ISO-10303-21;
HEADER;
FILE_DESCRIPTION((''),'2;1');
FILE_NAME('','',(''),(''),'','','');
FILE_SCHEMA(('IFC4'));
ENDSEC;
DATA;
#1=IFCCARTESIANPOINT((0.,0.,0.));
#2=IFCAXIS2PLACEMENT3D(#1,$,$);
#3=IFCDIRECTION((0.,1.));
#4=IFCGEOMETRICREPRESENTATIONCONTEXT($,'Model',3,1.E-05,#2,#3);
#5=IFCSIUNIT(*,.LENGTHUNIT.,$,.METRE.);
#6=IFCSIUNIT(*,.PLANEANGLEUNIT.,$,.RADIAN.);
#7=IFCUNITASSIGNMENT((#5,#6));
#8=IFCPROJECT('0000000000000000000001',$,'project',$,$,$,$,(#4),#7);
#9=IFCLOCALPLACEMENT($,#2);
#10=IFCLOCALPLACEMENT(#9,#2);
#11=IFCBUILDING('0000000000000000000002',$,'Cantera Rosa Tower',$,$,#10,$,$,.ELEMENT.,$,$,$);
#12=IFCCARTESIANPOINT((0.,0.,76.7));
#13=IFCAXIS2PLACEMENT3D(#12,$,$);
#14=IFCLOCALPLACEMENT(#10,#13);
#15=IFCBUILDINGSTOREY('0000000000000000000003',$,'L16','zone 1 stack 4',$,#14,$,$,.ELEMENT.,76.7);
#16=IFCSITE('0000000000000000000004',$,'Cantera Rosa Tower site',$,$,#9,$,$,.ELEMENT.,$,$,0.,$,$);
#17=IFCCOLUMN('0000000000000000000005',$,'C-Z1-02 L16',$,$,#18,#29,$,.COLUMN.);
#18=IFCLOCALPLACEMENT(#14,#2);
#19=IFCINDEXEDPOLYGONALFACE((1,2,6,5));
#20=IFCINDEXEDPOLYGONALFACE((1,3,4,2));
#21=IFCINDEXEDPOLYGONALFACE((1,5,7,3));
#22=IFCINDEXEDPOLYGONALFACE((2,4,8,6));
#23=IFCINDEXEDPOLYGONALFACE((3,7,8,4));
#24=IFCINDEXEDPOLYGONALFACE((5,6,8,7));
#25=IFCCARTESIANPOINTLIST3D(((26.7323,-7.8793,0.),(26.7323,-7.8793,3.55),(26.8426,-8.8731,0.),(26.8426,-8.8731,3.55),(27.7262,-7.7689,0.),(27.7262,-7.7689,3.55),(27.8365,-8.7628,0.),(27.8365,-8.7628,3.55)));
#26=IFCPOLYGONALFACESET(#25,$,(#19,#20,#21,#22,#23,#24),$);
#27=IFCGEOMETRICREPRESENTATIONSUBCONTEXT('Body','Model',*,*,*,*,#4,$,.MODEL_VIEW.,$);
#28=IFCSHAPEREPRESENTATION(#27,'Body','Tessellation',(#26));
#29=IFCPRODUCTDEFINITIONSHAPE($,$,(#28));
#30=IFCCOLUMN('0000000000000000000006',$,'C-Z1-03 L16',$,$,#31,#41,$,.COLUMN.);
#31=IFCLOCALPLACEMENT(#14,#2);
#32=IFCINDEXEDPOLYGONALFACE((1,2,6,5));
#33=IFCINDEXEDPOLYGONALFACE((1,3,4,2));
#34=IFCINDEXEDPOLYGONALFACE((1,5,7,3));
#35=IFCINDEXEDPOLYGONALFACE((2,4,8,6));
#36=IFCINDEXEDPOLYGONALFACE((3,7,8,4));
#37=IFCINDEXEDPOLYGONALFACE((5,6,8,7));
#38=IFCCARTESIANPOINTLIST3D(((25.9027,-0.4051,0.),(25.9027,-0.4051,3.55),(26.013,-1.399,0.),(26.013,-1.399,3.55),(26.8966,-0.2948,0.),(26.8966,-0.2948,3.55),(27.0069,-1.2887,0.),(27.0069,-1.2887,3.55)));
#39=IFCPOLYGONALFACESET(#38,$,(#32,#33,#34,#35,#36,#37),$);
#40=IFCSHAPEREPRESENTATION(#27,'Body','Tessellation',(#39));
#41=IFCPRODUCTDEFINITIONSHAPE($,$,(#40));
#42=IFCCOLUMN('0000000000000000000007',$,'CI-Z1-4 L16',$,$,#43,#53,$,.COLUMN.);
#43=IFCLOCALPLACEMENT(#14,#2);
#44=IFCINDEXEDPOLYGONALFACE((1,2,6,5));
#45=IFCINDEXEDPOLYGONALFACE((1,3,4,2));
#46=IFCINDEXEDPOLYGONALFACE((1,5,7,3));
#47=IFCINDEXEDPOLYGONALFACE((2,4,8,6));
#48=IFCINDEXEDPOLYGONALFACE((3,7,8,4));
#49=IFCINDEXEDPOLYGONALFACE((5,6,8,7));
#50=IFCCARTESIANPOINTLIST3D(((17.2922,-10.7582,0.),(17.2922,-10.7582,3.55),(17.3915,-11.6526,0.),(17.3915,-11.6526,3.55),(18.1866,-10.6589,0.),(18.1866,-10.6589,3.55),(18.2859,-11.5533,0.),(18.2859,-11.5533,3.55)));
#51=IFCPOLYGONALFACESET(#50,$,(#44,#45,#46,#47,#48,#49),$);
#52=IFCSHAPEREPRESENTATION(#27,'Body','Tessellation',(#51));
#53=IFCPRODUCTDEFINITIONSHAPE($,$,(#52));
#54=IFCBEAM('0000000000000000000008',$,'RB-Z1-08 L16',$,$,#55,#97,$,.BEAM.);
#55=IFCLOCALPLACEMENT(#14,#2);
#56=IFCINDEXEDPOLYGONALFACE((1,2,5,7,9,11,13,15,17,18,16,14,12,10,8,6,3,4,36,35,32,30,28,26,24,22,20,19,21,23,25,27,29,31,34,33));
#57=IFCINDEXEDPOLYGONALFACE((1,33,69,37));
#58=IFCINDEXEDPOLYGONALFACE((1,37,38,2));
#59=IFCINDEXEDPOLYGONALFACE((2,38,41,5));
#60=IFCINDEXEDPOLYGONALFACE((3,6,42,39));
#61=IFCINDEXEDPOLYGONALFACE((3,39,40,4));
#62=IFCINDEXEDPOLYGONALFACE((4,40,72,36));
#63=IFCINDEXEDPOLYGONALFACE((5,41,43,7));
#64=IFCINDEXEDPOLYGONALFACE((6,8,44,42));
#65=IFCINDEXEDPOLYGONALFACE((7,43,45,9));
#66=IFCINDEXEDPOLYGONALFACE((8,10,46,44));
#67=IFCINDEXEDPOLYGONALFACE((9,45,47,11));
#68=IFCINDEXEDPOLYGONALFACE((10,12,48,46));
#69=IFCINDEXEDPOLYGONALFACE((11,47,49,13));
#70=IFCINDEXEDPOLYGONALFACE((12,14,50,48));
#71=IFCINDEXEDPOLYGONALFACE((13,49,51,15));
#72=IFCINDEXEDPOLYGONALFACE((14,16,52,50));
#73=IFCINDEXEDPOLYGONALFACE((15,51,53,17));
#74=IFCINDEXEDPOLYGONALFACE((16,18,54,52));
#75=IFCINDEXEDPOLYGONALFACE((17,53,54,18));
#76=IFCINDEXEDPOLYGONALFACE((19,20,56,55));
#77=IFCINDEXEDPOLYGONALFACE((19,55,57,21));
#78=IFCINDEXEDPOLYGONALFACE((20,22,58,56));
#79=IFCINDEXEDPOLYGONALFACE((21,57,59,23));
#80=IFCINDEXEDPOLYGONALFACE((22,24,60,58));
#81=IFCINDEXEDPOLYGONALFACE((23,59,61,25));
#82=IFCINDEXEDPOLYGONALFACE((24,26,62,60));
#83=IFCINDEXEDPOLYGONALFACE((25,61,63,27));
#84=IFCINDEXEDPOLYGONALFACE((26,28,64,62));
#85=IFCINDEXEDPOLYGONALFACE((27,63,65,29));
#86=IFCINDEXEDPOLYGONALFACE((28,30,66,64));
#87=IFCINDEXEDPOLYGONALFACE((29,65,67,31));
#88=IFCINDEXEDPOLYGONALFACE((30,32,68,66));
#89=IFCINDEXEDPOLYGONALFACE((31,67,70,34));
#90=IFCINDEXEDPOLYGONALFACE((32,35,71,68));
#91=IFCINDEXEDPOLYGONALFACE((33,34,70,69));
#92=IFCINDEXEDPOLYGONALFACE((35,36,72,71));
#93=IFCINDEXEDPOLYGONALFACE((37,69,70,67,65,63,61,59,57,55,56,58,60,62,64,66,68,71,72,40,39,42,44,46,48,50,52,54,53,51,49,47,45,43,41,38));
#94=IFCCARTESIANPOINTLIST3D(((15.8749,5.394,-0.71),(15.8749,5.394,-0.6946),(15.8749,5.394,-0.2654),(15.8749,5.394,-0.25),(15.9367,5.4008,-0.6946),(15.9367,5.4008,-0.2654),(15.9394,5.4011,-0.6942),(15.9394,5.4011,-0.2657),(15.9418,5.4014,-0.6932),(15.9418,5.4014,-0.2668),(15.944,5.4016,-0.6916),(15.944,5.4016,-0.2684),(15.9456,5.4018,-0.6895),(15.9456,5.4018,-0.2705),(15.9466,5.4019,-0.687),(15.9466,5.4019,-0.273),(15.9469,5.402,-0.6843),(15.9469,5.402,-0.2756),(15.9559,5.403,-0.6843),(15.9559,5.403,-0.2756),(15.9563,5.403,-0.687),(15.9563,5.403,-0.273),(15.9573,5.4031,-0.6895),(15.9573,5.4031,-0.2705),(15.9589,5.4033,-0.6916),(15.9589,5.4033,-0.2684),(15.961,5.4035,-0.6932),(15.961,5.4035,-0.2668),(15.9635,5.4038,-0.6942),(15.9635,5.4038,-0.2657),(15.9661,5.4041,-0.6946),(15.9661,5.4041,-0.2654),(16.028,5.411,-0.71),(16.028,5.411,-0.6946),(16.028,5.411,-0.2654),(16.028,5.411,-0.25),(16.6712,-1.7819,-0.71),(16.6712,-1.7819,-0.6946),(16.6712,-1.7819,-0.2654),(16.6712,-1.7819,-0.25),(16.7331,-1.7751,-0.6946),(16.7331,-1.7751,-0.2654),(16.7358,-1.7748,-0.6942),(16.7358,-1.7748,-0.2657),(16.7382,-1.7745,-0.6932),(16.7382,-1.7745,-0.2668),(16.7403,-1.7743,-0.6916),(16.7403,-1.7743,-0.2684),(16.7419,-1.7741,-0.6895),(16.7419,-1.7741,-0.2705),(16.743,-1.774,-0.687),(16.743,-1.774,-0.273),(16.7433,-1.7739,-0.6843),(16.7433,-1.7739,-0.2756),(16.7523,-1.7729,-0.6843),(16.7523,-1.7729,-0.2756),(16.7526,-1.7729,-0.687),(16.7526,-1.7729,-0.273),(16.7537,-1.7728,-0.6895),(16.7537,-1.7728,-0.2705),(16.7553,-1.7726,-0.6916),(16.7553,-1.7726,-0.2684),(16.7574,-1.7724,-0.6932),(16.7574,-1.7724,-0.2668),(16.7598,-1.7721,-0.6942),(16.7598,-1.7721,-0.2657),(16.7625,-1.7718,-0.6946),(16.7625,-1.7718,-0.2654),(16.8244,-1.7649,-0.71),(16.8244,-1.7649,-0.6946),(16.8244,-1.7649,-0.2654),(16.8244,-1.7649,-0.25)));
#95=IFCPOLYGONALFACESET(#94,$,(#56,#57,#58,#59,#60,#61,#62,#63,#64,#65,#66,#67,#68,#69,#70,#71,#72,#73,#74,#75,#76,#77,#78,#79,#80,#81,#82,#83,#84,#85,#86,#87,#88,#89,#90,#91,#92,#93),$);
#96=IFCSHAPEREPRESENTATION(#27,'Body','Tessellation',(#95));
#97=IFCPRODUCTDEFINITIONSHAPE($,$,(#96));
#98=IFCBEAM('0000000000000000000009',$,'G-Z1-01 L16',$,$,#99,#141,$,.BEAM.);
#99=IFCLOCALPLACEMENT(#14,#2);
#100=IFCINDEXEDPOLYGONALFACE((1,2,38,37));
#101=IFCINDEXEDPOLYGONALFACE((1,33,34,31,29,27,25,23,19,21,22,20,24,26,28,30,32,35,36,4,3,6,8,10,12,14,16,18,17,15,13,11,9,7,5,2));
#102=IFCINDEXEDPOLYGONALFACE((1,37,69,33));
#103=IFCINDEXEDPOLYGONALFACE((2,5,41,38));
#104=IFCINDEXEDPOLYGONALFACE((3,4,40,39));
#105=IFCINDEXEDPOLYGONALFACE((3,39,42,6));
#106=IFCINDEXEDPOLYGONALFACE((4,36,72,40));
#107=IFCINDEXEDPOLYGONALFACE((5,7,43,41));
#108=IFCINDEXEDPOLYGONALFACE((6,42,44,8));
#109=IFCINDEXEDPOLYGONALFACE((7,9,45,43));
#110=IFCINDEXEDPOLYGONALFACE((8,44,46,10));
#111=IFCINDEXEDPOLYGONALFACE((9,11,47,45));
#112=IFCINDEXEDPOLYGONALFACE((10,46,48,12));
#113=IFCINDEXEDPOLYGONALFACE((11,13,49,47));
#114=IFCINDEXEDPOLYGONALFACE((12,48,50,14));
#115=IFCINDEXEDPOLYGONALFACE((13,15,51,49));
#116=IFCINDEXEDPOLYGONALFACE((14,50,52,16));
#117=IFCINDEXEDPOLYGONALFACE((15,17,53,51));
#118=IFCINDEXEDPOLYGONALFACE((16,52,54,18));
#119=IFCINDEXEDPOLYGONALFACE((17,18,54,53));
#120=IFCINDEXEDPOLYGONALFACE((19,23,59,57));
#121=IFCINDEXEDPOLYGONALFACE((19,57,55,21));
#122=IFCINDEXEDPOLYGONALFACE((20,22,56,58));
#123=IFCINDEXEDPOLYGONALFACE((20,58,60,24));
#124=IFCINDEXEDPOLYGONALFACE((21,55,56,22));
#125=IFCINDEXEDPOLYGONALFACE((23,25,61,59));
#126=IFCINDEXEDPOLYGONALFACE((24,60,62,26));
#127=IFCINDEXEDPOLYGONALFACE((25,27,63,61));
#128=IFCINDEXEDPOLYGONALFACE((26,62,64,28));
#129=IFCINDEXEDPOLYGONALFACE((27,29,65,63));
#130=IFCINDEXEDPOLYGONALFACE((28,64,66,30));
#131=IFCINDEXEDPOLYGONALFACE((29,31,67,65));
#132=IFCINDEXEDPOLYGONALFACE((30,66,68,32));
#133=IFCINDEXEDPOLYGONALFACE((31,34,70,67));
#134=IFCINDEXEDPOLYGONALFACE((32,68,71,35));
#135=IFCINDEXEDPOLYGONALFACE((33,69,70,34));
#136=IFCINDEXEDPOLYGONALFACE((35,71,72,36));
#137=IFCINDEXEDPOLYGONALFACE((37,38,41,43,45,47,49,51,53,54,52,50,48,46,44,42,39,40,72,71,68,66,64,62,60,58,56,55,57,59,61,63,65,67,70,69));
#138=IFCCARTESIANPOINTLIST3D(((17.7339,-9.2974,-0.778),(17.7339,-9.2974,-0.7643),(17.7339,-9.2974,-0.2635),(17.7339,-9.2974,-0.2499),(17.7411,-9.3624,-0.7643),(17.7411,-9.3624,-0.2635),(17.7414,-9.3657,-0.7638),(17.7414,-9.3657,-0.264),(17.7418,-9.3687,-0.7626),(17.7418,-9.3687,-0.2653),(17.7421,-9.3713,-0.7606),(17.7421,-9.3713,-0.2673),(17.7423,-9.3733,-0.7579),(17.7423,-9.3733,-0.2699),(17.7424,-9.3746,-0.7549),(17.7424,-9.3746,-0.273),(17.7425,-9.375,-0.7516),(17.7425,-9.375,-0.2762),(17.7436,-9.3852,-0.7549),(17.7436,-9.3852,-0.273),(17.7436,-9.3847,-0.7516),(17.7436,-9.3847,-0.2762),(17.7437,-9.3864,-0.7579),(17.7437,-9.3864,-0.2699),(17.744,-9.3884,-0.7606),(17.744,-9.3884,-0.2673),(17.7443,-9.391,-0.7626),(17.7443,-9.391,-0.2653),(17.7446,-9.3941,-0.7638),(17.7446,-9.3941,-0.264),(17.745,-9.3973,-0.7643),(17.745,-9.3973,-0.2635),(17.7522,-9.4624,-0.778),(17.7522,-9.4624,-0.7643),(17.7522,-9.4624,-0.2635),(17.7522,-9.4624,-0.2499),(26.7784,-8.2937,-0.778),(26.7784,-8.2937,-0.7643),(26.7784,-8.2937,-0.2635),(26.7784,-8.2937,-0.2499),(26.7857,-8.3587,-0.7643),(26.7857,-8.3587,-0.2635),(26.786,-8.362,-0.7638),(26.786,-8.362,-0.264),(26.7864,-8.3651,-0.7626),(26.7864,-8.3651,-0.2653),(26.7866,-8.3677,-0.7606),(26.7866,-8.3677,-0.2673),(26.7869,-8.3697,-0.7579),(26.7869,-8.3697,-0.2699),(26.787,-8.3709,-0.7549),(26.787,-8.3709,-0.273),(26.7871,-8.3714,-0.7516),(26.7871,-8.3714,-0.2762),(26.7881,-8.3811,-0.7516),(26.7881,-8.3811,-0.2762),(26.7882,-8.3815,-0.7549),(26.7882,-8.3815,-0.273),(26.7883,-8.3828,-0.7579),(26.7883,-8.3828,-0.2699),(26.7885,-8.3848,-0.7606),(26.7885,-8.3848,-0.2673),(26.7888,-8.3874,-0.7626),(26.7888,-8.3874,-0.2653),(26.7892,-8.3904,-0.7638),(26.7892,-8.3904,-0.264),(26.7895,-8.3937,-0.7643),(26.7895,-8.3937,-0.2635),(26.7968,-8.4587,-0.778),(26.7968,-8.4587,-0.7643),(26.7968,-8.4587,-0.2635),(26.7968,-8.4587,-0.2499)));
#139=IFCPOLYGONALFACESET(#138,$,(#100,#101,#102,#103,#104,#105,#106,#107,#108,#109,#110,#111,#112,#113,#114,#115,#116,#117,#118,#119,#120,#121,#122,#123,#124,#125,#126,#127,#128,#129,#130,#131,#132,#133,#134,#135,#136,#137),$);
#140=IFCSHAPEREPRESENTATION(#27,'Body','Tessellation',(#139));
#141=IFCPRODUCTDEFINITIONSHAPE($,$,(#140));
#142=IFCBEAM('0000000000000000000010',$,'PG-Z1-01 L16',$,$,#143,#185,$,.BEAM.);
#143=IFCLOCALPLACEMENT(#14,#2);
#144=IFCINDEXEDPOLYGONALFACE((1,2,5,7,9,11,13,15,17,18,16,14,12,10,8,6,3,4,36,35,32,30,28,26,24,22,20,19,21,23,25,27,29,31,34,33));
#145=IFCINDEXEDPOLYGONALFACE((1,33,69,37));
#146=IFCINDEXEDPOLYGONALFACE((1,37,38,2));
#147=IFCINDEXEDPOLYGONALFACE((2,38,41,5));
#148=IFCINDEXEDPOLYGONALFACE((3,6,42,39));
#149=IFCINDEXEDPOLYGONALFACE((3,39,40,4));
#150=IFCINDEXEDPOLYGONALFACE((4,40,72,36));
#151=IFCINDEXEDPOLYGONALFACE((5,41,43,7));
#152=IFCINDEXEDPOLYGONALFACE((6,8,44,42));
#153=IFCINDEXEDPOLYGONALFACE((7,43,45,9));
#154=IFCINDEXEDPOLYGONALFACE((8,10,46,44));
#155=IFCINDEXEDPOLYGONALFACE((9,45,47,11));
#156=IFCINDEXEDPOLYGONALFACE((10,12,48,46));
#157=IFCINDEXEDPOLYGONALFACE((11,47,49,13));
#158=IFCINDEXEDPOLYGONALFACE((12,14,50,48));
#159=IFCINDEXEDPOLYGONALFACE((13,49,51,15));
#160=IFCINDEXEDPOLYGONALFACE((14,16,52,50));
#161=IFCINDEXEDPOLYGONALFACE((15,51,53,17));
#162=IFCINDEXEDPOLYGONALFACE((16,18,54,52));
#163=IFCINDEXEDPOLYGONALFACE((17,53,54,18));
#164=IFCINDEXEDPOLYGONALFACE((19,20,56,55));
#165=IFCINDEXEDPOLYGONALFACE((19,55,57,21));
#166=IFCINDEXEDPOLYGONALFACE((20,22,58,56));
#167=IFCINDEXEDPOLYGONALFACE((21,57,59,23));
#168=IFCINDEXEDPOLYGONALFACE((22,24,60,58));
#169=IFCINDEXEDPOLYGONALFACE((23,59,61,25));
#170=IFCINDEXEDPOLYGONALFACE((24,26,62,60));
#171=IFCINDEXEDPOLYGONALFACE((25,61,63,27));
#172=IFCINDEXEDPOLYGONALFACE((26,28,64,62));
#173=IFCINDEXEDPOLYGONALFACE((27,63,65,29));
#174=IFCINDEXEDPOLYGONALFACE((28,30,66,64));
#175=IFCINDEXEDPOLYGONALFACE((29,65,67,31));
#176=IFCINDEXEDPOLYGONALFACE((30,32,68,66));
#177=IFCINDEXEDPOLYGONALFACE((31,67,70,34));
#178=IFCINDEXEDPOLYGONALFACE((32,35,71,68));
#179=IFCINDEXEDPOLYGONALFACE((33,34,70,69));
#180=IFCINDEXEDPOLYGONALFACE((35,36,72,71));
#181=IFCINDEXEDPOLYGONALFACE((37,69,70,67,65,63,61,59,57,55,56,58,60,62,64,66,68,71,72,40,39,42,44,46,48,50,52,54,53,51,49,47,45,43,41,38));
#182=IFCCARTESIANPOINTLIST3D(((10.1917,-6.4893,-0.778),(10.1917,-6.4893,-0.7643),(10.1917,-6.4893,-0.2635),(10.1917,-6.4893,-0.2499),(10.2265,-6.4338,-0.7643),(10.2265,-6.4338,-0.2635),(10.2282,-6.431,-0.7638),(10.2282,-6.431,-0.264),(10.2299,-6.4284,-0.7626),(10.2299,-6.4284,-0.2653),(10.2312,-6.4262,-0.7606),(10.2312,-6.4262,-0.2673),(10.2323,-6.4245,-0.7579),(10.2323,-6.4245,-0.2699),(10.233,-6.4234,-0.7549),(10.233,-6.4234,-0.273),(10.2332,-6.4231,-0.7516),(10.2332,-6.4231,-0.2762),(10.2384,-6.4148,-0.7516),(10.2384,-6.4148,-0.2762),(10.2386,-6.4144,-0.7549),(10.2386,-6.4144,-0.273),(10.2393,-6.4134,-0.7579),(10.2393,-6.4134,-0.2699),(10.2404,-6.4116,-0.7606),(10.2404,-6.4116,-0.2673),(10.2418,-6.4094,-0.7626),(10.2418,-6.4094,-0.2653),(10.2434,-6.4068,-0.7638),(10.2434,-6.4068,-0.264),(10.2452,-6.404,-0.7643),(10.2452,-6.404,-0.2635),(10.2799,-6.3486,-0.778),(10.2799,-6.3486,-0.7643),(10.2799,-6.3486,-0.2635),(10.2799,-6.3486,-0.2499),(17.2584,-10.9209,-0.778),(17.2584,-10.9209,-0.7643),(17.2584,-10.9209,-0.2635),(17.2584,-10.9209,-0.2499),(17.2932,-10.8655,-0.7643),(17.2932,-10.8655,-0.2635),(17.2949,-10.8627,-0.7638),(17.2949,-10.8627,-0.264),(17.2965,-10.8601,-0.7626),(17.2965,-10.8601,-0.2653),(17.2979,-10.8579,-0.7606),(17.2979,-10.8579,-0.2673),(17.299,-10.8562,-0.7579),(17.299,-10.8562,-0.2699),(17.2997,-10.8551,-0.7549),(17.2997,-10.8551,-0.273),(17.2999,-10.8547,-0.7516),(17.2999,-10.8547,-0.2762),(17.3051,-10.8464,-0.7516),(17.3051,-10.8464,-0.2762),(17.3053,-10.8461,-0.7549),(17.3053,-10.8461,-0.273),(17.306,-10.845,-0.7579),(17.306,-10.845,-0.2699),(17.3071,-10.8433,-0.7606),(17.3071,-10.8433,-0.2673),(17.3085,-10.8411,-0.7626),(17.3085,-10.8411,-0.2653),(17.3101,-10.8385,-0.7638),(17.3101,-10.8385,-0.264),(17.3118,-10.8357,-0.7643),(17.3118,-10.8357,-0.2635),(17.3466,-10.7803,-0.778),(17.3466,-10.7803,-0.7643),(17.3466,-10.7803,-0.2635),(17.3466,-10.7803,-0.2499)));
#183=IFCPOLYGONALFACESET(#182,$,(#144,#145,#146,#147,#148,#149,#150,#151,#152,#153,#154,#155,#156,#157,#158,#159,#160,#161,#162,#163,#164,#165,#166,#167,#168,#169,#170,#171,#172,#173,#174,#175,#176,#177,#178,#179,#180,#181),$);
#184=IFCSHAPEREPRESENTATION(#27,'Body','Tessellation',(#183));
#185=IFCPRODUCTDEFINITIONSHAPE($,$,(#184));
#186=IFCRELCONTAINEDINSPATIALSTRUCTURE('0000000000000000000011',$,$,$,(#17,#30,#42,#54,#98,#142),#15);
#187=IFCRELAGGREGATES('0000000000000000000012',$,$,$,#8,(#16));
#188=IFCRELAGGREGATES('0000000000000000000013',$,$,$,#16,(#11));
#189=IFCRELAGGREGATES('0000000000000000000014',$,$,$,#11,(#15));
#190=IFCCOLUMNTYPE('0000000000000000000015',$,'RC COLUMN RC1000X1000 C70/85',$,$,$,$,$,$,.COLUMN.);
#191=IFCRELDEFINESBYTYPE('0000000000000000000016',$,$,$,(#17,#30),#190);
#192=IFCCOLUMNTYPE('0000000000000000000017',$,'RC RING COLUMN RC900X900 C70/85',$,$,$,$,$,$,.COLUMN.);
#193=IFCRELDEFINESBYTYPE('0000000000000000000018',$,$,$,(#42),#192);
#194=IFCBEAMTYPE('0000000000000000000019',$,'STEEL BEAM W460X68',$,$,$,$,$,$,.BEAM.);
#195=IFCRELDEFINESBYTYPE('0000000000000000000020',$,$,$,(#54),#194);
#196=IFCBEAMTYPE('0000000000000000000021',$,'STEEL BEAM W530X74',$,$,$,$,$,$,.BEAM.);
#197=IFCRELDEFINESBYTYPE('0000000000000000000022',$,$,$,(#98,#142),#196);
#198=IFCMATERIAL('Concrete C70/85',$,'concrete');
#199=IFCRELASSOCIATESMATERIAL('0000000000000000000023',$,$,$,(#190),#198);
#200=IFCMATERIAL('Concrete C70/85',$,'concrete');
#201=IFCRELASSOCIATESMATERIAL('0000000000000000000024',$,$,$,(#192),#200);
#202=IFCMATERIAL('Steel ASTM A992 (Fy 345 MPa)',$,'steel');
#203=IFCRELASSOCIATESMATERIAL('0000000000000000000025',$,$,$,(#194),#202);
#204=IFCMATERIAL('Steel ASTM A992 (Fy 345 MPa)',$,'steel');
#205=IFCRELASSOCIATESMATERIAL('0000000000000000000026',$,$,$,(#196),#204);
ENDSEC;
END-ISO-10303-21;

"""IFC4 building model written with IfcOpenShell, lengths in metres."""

from ifc_helpers import new_model, si_unit, direction, frame, origin, origin_2d, place, context, subcontext, project, spatial, rectangle, i_section, extrude, material, material_profile, profile_set, type_object, element, save


model = new_model("IFC4")

# Units and contexts
model_context = context("Model", 3, precision=1e-05, world=origin(), true_north=direction((0.0, 1.0)))
body_context = subcontext(model_context, "Body", "Model", "MODEL_VIEW")
ifc_project = project(units=[si_unit("LENGTHUNIT", "METRE"), si_unit("PLANEANGLEUNIT", "RADIAN")], contexts=[model_context])

# Site, building, storey
site_placement = place(None, origin())
site = spatial("IfcSite", under=ifc_project, at=site_placement, Name="Cantera Rosa Tower site", CompositionType="ELEMENT", RefElevation=0.0)
building_placement = place(site_placement, origin())
building = spatial("IfcBuilding", under=site, at=building_placement, Name="Cantera Rosa Tower", CompositionType="ELEMENT")
storey_placement = place(building_placement, frame((0.0, 0.0, 76.7)))
storey = spatial("IfcBuildingStorey", under=building, at=storey_placement, Name="L16", Description="zone 1 stack 4", CompositionType="ELEMENT", Elevation=76.7)

# Columns
ifc_material_1 = material(Name="Concrete C70/85", Category="concrete")
ifc_material_profile_1 = material_profile(ifc_material_1, rectangle(XDim=1.0, YDim=1.0, at=origin_2d()), Name="RC COLUMN RC1000X1000 C70/85")
ifc_profile_set_1 = profile_set([ifc_material_profile_1], Name="Concrete C70/85")
column_type_1 = type_object("IfcColumnType", Name="RC COLUMN RC1000X1000 C70/85", PredefinedType="COLUMN", material=ifc_profile_set_1)
for number, where, z_axis, x_axis, name in (
    (1, (27.2844, -8.321, 0.0), (0.0, 0.0, 1.0), (0.993897, 0.110313, 0.0), "C-Z1-02 L16"),
    (2, (26.4548, -0.8469, 0.0), (0.0, 0.0, 1.0), (0.993897, 0.110313, 0.0), "C-Z1-03 L16"),
):
    element("IfcColumn", number, at=place(storey_placement, frame(where, z_axis=z_axis, x_axis=x_axis)), inside=storey, type_object=column_type_1, Name=name, PredefinedType="COLUMN", context=body_context, shape_type="SweptSolid", body=[
        extrude(rectangle(XDim=1.0, YDim=1.0, at=origin_2d()), origin(), (0.0, 0.0, 1.0), 3.55),
    ])
ifc_material_2 = material(Name="Concrete C70/85", Category="concrete")
ifc_material_profile_2 = material_profile(ifc_material_2, rectangle(XDim=0.8999, YDim=0.8999, at=origin_2d()), Name="RC RING COLUMN RC900X900 C70/85")
ifc_profile_set_2 = profile_set([ifc_material_profile_2], Name="Concrete C70/85")
column_type_2 = type_object("IfcColumnType", Name="RC RING COLUMN RC900X900 C70/85", PredefinedType="COLUMN", material=ifc_profile_set_2)
column_placement = place(storey_placement, frame((17.7891, -11.1558, 0.0), z_axis=(0.0, 0.0, 1.0), x_axis=(0.993897, 0.110313, 0.0)))
element("IfcColumn", 3, at=column_placement, inside=storey, type_object=column_type_2, Name="CI-Z1-4 L16", PredefinedType="COLUMN", context=body_context, shape_type="SweptSolid", body=[
    extrude(rectangle(XDim=0.8999, YDim=0.8999, at=origin_2d()), origin(), (0.0, 0.0, 1.0), 3.55),
])

# Beams
ifc_material_3 = material(Name="Steel ASTM A992 (Fy 345 MPa)", Category="steel")
ifc_material_profile_3 = material_profile(ifc_material_3, i_section(OverallWidth=0.1541, OverallDepth=0.46, WebThickness=0.009, FlangeThickness=0.0154, FilletRadius=0.0103, at=origin_2d()), Name="W460X68")
ifc_profile_set_3 = profile_set([ifc_material_profile_3], Name="Steel ASTM A992 (Fy 345 MPa)")
beam_type_1 = type_object("IfcBeamType", Name="STEEL BEAM W460X68", PredefinedType="BEAM", material=ifc_profile_set_3)
beam_1_placement = place(storey_placement, frame((16.7478, -1.7734, -0.48), z_axis=(-0.110302, 0.993898, 0.0), x_axis=(-0.993898, -0.110302, 0.0)))
element("IfcBeam", 4, at=beam_1_placement, inside=storey, type_object=beam_type_1, Name="RB-Z1-08 L16", PredefinedType="BEAM", context=body_context, shape_type="SweptSolid", body=[
    extrude(i_section(OverallWidth=0.1541, OverallDepth=0.46, WebThickness=0.009, FlangeThickness=0.0154, FilletRadius=0.0103, at=origin_2d()), origin(), (0.0, 0.0, 1.0), 7.22),
])
ifc_material_4 = material(Name="Steel ASTM A992 (Fy 345 MPa)", Category="steel")
ifc_material_profile_4 = material_profile(ifc_material_4, i_section(OverallWidth=0.166, OverallDepth=0.5281, WebThickness=0.0098, FlangeThickness=0.0137, FilletRadius=0.0127, at=origin_2d()), Name="W530X74")
ifc_profile_set_4 = profile_set([ifc_material_profile_4], Name="Steel ASTM A992 (Fy 345 MPa)")
beam_type_2 = type_object("IfcBeamType", Name="STEEL BEAM W530X74", PredefinedType="BEAM", material=ifc_profile_set_4)
beam_2_placement = place(storey_placement, frame((26.7876, -8.3762, -0.5139), z_axis=(-0.993899, -0.11029, 0.0), x_axis=(0.11029, -0.993899, 0.0)))
element("IfcBeam", 5, at=beam_2_placement, inside=storey, type_object=beam_type_2, Name="G-Z1-01 L16", PredefinedType="BEAM", context=body_context, shape_type="SweptSolid", body=[
    extrude(i_section(OverallWidth=0.166, OverallDepth=0.5281, WebThickness=0.0098, FlangeThickness=0.0137, FilletRadius=0.0127, at=origin_2d()), origin(), (0.0, 0.0, 1.0), 9.1001),
])
beam_3_placement = place(storey_placement, frame((17.3025, -10.8506, -0.5139), z_axis=(-0.84719, 0.53129, 0.0), x_axis=(-0.53129, -0.84719, 0.0)))
element("IfcBeam", 6, at=beam_3_placement, inside=storey, type_object=beam_type_2, Name="PG-Z1-01 L16", PredefinedType="BEAM", context=body_context, shape_type="SweptSolid", body=[
    extrude(i_section(OverallWidth=0.166, OverallDepth=0.5281, WebThickness=0.0098, FlangeThickness=0.0137, FilletRadius=0.0127, at=origin_2d()), origin(), (0.0, 0.0, 1.0), 8.3413),
])

save(model, "model.ifc")
